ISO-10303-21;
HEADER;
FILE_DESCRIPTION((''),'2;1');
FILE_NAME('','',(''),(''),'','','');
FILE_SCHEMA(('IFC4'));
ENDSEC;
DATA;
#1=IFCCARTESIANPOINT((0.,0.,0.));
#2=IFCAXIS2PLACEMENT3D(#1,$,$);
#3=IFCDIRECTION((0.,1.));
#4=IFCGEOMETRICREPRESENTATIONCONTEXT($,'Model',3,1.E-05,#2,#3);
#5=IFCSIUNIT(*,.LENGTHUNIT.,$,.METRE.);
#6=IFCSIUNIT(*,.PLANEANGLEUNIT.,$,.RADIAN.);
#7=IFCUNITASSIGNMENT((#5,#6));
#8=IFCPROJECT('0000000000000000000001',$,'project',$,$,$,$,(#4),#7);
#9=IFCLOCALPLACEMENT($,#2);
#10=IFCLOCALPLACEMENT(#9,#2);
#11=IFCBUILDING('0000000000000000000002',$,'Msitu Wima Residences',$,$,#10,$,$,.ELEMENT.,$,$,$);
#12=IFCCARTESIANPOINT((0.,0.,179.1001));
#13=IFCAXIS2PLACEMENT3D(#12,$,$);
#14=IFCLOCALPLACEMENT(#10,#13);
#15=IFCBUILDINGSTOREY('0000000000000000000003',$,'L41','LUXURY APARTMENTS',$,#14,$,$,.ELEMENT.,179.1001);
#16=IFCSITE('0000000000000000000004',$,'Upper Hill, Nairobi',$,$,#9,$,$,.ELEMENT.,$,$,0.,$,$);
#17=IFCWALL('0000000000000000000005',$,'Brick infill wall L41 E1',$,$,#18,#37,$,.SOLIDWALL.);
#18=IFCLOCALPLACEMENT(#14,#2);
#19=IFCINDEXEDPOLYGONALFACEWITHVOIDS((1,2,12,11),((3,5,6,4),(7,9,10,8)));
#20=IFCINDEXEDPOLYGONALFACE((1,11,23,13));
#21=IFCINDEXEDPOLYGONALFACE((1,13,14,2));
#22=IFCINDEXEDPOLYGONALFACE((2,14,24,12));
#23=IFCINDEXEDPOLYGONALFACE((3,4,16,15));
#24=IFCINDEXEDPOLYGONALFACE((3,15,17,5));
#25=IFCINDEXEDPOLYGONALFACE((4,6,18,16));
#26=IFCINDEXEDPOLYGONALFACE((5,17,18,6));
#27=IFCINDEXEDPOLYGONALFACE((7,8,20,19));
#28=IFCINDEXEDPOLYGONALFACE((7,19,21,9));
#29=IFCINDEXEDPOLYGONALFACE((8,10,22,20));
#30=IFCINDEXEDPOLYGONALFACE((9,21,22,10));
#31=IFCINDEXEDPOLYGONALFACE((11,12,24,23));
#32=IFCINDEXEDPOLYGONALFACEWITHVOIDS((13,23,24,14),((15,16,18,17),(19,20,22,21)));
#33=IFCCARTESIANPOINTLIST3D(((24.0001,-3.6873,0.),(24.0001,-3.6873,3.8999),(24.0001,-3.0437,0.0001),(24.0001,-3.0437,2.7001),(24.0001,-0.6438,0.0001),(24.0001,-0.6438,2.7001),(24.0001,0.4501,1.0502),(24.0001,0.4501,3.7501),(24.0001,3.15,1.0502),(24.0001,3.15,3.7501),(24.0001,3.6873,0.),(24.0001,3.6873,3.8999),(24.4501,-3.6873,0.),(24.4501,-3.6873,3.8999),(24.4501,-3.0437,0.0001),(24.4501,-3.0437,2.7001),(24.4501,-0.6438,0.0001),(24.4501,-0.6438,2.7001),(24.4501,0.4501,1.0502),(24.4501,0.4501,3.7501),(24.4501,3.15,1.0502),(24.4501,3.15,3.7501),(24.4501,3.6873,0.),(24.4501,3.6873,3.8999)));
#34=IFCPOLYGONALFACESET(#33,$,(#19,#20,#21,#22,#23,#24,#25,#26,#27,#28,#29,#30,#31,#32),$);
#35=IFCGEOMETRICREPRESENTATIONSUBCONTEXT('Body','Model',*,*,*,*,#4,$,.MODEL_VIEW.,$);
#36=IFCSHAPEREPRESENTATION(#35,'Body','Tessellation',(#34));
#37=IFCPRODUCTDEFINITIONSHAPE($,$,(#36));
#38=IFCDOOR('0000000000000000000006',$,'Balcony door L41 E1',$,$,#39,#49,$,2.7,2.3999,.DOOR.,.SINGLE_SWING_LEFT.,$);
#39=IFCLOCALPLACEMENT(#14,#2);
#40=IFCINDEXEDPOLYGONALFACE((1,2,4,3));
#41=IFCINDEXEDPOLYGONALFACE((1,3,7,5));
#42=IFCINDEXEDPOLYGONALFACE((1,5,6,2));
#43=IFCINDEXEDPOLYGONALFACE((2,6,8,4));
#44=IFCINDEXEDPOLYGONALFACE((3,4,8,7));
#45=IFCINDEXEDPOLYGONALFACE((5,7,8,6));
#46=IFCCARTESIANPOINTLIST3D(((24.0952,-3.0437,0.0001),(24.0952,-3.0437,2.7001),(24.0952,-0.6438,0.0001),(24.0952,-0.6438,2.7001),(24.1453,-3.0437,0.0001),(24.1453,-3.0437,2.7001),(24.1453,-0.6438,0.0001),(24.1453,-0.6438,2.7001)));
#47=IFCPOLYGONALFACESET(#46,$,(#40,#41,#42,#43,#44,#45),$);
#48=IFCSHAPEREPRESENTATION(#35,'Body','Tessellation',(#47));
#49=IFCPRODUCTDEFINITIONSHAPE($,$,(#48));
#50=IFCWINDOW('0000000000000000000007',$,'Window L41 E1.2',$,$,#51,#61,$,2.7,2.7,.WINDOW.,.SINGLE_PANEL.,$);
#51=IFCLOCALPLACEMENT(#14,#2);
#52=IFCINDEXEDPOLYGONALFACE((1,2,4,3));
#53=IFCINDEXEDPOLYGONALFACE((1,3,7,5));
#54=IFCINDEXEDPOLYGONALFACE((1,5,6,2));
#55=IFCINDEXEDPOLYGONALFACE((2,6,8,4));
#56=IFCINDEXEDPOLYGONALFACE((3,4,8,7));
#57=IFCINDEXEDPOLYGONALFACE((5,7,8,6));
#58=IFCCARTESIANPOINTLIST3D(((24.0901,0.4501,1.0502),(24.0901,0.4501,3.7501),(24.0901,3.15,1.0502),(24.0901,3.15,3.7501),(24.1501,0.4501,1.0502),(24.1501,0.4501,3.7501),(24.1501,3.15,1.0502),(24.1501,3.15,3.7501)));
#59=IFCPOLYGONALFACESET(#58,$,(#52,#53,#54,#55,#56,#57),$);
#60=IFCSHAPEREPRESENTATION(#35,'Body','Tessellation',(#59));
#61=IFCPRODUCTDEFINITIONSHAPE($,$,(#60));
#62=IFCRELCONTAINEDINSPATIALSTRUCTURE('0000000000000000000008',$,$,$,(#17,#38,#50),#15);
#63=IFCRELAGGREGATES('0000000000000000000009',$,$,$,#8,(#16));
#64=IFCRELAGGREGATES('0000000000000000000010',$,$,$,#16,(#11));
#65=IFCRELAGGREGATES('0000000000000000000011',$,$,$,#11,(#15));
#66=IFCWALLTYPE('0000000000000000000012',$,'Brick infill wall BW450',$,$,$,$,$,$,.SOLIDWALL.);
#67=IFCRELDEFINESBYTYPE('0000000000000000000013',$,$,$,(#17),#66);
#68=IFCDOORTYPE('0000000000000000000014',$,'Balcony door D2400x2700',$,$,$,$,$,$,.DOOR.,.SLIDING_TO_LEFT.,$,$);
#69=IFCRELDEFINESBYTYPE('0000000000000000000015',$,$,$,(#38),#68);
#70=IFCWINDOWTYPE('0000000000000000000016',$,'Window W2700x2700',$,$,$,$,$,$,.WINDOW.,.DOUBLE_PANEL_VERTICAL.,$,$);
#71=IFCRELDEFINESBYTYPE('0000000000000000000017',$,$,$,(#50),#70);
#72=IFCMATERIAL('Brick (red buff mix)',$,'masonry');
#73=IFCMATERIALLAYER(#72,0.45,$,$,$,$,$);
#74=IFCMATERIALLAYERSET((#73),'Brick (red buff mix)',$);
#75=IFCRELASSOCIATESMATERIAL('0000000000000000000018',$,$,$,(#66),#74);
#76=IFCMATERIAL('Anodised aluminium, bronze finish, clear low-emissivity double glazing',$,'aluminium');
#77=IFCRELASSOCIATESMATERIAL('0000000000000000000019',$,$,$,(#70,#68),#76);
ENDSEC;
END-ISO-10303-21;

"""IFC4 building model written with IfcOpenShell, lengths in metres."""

from ifc_helpers import new_model, si_unit, direction, frame, frame_2d, origin, place, context, subcontext, project, spatial, rectangle, extrude, material, layer, layer_set, type_object, element, fill, save


model = new_model("IFC4")

# Units and contexts
model_context = context("Model", 3, precision=1e-05, world=origin(), true_north=direction((0.0, 1.0)))
body_context = subcontext(model_context, "Body", "Model", "MODEL_VIEW")
ifc_project = project(units=[si_unit("LENGTHUNIT", "METRE"), si_unit("PLANEANGLEUNIT", "RADIAN")], contexts=[model_context])

# Site, building, storey
site_placement = place(None, origin())
site = spatial("IfcSite", under=ifc_project, at=site_placement, Name="Upper Hill, Nairobi", CompositionType="ELEMENT", RefElevation=0.0)
building_placement = place(site_placement, origin())
building = spatial("IfcBuilding", under=site, at=building_placement, Name="Msitu Wima Residences", CompositionType="ELEMENT")
storey_placement = place(building_placement, frame((0.0, 0.0, 179.1001)))
storey = spatial("IfcBuildingStorey", under=building, at=storey_placement, Name="L41", Description="LUXURY APARTMENTS", CompositionType="ELEMENT", Elevation=179.1001)

# Shared definitions
ifc_material_1 = material(Name="Brick (red buff mix)", Category="masonry")
ifc_layer_1 = layer(ifc_material_1, 0.45)
ifc_layer_set_1 = layer_set([ifc_layer_1], Name="Brick (red buff mix)")
wall_type_1 = type_object("IfcWallType", Name="Brick infill wall BW450", PredefinedType="SOLIDWALL", material=ifc_layer_set_1)
ifc_material_2 = material(Name="Anodised aluminium, bronze finish, clear low-emissivity double glazing", Category="aluminium")
window_type = type_object("IfcWindowType", Name="Window W2700x2700", PartitioningType="DOUBLE_PANEL_VERTICAL", PredefinedType="WINDOW", material=ifc_material_2)

# Wall, openings, door, window
wall_1_placement = place(storey_placement, frame((24.2251, -3.6873, 0.0), z_axis=(0.0, 0.0, 1.0), x_axis=(0.0, 1.0, 0.0)))
wall_1 = element("IfcWall", 1, at=wall_1_placement, inside=storey, type_object=wall_type_1, Name="Brick infill wall L41 E1", PredefinedType="SOLIDWALL", context=body_context, shape_type="SweptSolid", body=[
    extrude(rectangle(XDim=7.3745, YDim=0.45, at=frame_2d((3.6873, 0.0))), origin(), (0.0, 0.0, 1.0), 3.8999),
])
opening_1_placement = place(wall_1_placement, frame((0.6436, 0.0, 0.0)))
opening_1 = element("IfcOpeningElement", 2, at=opening_1_placement, cuts=wall_1, PredefinedType="OPENING", context=body_context, shape_type="SweptSolid", body=[
    extrude(rectangle(XDim=2.3999, YDim=2.7, at=frame_2d((1.2, 1.3501))), frame((0.0, 0.2349, 0.0), z_axis=(0.0, -1.0, 0.0), x_axis=(1.0, 0.0, 0.0)), (0.0, 0.0, 1.0), 0.47),
])
opening_2_placement = place(wall_1_placement, frame((4.1372, 0.0, 1.05)))
opening_2 = element("IfcOpeningElement", 3, at=opening_2_placement, cuts=wall_1, PredefinedType="OPENING", context=body_context, shape_type="SweptSolid", body=[
    extrude(rectangle(XDim=2.7, YDim=2.7, at=frame_2d((1.3501, 1.3501))), frame((0.0, 0.2349, 0.0), z_axis=(0.0, -1.0, 0.0), x_axis=(1.0, 0.0, 0.0)), (0.0, 0.0, 1.0), 0.47),
])
door_type = type_object("IfcDoorType", Name="Balcony door D2400x2700", OperationType="SLIDING_TO_LEFT", PredefinedType="DOOR", material=ifc_material_2)
door_placement = place(opening_1_placement, origin())
door = element("IfcDoor", 4, at=door_placement, inside=storey, type_object=door_type, Name="Balcony door L41 E1", OperationType="SINGLE_SWING_LEFT", OverallHeight=2.7, OverallWidth=2.3999, PredefinedType="DOOR", context=body_context, shape_type="SweptSolid", body=[
    extrude(rectangle(XDim=2.3999, YDim=2.7, at=frame_2d((1.2, 1.3501))), frame((0.0, 0.1299, 0.0), z_axis=(0.0, -1.0, 0.0), x_axis=(1.0, 0.0, 0.0)), (0.0, 0.0, 1.0), 0.05),
])
fill(opening_1, door)
window_1_placement = place(opening_2_placement, origin())
window_1 = element("IfcWindow", 5, at=window_1_placement, inside=storey, type_object=window_type, Name="Window L41 E1.2", OverallHeight=2.7, OverallWidth=2.7, PartitioningType="SINGLE_PANEL", PredefinedType="WINDOW", context=body_context, shape_type="SweptSolid", body=[
    extrude(rectangle(XDim=2.7, YDim=2.7, at=frame_2d((1.3501, 1.3501))), frame((0.0, 0.135, 0.0), z_axis=(0.0, -1.0, 0.0), x_axis=(1.0, 0.0, 0.0)), (0.0, 0.0, 1.0), 0.0601),
])
fill(opening_2, window_1)

save(model, "model.ifc")
